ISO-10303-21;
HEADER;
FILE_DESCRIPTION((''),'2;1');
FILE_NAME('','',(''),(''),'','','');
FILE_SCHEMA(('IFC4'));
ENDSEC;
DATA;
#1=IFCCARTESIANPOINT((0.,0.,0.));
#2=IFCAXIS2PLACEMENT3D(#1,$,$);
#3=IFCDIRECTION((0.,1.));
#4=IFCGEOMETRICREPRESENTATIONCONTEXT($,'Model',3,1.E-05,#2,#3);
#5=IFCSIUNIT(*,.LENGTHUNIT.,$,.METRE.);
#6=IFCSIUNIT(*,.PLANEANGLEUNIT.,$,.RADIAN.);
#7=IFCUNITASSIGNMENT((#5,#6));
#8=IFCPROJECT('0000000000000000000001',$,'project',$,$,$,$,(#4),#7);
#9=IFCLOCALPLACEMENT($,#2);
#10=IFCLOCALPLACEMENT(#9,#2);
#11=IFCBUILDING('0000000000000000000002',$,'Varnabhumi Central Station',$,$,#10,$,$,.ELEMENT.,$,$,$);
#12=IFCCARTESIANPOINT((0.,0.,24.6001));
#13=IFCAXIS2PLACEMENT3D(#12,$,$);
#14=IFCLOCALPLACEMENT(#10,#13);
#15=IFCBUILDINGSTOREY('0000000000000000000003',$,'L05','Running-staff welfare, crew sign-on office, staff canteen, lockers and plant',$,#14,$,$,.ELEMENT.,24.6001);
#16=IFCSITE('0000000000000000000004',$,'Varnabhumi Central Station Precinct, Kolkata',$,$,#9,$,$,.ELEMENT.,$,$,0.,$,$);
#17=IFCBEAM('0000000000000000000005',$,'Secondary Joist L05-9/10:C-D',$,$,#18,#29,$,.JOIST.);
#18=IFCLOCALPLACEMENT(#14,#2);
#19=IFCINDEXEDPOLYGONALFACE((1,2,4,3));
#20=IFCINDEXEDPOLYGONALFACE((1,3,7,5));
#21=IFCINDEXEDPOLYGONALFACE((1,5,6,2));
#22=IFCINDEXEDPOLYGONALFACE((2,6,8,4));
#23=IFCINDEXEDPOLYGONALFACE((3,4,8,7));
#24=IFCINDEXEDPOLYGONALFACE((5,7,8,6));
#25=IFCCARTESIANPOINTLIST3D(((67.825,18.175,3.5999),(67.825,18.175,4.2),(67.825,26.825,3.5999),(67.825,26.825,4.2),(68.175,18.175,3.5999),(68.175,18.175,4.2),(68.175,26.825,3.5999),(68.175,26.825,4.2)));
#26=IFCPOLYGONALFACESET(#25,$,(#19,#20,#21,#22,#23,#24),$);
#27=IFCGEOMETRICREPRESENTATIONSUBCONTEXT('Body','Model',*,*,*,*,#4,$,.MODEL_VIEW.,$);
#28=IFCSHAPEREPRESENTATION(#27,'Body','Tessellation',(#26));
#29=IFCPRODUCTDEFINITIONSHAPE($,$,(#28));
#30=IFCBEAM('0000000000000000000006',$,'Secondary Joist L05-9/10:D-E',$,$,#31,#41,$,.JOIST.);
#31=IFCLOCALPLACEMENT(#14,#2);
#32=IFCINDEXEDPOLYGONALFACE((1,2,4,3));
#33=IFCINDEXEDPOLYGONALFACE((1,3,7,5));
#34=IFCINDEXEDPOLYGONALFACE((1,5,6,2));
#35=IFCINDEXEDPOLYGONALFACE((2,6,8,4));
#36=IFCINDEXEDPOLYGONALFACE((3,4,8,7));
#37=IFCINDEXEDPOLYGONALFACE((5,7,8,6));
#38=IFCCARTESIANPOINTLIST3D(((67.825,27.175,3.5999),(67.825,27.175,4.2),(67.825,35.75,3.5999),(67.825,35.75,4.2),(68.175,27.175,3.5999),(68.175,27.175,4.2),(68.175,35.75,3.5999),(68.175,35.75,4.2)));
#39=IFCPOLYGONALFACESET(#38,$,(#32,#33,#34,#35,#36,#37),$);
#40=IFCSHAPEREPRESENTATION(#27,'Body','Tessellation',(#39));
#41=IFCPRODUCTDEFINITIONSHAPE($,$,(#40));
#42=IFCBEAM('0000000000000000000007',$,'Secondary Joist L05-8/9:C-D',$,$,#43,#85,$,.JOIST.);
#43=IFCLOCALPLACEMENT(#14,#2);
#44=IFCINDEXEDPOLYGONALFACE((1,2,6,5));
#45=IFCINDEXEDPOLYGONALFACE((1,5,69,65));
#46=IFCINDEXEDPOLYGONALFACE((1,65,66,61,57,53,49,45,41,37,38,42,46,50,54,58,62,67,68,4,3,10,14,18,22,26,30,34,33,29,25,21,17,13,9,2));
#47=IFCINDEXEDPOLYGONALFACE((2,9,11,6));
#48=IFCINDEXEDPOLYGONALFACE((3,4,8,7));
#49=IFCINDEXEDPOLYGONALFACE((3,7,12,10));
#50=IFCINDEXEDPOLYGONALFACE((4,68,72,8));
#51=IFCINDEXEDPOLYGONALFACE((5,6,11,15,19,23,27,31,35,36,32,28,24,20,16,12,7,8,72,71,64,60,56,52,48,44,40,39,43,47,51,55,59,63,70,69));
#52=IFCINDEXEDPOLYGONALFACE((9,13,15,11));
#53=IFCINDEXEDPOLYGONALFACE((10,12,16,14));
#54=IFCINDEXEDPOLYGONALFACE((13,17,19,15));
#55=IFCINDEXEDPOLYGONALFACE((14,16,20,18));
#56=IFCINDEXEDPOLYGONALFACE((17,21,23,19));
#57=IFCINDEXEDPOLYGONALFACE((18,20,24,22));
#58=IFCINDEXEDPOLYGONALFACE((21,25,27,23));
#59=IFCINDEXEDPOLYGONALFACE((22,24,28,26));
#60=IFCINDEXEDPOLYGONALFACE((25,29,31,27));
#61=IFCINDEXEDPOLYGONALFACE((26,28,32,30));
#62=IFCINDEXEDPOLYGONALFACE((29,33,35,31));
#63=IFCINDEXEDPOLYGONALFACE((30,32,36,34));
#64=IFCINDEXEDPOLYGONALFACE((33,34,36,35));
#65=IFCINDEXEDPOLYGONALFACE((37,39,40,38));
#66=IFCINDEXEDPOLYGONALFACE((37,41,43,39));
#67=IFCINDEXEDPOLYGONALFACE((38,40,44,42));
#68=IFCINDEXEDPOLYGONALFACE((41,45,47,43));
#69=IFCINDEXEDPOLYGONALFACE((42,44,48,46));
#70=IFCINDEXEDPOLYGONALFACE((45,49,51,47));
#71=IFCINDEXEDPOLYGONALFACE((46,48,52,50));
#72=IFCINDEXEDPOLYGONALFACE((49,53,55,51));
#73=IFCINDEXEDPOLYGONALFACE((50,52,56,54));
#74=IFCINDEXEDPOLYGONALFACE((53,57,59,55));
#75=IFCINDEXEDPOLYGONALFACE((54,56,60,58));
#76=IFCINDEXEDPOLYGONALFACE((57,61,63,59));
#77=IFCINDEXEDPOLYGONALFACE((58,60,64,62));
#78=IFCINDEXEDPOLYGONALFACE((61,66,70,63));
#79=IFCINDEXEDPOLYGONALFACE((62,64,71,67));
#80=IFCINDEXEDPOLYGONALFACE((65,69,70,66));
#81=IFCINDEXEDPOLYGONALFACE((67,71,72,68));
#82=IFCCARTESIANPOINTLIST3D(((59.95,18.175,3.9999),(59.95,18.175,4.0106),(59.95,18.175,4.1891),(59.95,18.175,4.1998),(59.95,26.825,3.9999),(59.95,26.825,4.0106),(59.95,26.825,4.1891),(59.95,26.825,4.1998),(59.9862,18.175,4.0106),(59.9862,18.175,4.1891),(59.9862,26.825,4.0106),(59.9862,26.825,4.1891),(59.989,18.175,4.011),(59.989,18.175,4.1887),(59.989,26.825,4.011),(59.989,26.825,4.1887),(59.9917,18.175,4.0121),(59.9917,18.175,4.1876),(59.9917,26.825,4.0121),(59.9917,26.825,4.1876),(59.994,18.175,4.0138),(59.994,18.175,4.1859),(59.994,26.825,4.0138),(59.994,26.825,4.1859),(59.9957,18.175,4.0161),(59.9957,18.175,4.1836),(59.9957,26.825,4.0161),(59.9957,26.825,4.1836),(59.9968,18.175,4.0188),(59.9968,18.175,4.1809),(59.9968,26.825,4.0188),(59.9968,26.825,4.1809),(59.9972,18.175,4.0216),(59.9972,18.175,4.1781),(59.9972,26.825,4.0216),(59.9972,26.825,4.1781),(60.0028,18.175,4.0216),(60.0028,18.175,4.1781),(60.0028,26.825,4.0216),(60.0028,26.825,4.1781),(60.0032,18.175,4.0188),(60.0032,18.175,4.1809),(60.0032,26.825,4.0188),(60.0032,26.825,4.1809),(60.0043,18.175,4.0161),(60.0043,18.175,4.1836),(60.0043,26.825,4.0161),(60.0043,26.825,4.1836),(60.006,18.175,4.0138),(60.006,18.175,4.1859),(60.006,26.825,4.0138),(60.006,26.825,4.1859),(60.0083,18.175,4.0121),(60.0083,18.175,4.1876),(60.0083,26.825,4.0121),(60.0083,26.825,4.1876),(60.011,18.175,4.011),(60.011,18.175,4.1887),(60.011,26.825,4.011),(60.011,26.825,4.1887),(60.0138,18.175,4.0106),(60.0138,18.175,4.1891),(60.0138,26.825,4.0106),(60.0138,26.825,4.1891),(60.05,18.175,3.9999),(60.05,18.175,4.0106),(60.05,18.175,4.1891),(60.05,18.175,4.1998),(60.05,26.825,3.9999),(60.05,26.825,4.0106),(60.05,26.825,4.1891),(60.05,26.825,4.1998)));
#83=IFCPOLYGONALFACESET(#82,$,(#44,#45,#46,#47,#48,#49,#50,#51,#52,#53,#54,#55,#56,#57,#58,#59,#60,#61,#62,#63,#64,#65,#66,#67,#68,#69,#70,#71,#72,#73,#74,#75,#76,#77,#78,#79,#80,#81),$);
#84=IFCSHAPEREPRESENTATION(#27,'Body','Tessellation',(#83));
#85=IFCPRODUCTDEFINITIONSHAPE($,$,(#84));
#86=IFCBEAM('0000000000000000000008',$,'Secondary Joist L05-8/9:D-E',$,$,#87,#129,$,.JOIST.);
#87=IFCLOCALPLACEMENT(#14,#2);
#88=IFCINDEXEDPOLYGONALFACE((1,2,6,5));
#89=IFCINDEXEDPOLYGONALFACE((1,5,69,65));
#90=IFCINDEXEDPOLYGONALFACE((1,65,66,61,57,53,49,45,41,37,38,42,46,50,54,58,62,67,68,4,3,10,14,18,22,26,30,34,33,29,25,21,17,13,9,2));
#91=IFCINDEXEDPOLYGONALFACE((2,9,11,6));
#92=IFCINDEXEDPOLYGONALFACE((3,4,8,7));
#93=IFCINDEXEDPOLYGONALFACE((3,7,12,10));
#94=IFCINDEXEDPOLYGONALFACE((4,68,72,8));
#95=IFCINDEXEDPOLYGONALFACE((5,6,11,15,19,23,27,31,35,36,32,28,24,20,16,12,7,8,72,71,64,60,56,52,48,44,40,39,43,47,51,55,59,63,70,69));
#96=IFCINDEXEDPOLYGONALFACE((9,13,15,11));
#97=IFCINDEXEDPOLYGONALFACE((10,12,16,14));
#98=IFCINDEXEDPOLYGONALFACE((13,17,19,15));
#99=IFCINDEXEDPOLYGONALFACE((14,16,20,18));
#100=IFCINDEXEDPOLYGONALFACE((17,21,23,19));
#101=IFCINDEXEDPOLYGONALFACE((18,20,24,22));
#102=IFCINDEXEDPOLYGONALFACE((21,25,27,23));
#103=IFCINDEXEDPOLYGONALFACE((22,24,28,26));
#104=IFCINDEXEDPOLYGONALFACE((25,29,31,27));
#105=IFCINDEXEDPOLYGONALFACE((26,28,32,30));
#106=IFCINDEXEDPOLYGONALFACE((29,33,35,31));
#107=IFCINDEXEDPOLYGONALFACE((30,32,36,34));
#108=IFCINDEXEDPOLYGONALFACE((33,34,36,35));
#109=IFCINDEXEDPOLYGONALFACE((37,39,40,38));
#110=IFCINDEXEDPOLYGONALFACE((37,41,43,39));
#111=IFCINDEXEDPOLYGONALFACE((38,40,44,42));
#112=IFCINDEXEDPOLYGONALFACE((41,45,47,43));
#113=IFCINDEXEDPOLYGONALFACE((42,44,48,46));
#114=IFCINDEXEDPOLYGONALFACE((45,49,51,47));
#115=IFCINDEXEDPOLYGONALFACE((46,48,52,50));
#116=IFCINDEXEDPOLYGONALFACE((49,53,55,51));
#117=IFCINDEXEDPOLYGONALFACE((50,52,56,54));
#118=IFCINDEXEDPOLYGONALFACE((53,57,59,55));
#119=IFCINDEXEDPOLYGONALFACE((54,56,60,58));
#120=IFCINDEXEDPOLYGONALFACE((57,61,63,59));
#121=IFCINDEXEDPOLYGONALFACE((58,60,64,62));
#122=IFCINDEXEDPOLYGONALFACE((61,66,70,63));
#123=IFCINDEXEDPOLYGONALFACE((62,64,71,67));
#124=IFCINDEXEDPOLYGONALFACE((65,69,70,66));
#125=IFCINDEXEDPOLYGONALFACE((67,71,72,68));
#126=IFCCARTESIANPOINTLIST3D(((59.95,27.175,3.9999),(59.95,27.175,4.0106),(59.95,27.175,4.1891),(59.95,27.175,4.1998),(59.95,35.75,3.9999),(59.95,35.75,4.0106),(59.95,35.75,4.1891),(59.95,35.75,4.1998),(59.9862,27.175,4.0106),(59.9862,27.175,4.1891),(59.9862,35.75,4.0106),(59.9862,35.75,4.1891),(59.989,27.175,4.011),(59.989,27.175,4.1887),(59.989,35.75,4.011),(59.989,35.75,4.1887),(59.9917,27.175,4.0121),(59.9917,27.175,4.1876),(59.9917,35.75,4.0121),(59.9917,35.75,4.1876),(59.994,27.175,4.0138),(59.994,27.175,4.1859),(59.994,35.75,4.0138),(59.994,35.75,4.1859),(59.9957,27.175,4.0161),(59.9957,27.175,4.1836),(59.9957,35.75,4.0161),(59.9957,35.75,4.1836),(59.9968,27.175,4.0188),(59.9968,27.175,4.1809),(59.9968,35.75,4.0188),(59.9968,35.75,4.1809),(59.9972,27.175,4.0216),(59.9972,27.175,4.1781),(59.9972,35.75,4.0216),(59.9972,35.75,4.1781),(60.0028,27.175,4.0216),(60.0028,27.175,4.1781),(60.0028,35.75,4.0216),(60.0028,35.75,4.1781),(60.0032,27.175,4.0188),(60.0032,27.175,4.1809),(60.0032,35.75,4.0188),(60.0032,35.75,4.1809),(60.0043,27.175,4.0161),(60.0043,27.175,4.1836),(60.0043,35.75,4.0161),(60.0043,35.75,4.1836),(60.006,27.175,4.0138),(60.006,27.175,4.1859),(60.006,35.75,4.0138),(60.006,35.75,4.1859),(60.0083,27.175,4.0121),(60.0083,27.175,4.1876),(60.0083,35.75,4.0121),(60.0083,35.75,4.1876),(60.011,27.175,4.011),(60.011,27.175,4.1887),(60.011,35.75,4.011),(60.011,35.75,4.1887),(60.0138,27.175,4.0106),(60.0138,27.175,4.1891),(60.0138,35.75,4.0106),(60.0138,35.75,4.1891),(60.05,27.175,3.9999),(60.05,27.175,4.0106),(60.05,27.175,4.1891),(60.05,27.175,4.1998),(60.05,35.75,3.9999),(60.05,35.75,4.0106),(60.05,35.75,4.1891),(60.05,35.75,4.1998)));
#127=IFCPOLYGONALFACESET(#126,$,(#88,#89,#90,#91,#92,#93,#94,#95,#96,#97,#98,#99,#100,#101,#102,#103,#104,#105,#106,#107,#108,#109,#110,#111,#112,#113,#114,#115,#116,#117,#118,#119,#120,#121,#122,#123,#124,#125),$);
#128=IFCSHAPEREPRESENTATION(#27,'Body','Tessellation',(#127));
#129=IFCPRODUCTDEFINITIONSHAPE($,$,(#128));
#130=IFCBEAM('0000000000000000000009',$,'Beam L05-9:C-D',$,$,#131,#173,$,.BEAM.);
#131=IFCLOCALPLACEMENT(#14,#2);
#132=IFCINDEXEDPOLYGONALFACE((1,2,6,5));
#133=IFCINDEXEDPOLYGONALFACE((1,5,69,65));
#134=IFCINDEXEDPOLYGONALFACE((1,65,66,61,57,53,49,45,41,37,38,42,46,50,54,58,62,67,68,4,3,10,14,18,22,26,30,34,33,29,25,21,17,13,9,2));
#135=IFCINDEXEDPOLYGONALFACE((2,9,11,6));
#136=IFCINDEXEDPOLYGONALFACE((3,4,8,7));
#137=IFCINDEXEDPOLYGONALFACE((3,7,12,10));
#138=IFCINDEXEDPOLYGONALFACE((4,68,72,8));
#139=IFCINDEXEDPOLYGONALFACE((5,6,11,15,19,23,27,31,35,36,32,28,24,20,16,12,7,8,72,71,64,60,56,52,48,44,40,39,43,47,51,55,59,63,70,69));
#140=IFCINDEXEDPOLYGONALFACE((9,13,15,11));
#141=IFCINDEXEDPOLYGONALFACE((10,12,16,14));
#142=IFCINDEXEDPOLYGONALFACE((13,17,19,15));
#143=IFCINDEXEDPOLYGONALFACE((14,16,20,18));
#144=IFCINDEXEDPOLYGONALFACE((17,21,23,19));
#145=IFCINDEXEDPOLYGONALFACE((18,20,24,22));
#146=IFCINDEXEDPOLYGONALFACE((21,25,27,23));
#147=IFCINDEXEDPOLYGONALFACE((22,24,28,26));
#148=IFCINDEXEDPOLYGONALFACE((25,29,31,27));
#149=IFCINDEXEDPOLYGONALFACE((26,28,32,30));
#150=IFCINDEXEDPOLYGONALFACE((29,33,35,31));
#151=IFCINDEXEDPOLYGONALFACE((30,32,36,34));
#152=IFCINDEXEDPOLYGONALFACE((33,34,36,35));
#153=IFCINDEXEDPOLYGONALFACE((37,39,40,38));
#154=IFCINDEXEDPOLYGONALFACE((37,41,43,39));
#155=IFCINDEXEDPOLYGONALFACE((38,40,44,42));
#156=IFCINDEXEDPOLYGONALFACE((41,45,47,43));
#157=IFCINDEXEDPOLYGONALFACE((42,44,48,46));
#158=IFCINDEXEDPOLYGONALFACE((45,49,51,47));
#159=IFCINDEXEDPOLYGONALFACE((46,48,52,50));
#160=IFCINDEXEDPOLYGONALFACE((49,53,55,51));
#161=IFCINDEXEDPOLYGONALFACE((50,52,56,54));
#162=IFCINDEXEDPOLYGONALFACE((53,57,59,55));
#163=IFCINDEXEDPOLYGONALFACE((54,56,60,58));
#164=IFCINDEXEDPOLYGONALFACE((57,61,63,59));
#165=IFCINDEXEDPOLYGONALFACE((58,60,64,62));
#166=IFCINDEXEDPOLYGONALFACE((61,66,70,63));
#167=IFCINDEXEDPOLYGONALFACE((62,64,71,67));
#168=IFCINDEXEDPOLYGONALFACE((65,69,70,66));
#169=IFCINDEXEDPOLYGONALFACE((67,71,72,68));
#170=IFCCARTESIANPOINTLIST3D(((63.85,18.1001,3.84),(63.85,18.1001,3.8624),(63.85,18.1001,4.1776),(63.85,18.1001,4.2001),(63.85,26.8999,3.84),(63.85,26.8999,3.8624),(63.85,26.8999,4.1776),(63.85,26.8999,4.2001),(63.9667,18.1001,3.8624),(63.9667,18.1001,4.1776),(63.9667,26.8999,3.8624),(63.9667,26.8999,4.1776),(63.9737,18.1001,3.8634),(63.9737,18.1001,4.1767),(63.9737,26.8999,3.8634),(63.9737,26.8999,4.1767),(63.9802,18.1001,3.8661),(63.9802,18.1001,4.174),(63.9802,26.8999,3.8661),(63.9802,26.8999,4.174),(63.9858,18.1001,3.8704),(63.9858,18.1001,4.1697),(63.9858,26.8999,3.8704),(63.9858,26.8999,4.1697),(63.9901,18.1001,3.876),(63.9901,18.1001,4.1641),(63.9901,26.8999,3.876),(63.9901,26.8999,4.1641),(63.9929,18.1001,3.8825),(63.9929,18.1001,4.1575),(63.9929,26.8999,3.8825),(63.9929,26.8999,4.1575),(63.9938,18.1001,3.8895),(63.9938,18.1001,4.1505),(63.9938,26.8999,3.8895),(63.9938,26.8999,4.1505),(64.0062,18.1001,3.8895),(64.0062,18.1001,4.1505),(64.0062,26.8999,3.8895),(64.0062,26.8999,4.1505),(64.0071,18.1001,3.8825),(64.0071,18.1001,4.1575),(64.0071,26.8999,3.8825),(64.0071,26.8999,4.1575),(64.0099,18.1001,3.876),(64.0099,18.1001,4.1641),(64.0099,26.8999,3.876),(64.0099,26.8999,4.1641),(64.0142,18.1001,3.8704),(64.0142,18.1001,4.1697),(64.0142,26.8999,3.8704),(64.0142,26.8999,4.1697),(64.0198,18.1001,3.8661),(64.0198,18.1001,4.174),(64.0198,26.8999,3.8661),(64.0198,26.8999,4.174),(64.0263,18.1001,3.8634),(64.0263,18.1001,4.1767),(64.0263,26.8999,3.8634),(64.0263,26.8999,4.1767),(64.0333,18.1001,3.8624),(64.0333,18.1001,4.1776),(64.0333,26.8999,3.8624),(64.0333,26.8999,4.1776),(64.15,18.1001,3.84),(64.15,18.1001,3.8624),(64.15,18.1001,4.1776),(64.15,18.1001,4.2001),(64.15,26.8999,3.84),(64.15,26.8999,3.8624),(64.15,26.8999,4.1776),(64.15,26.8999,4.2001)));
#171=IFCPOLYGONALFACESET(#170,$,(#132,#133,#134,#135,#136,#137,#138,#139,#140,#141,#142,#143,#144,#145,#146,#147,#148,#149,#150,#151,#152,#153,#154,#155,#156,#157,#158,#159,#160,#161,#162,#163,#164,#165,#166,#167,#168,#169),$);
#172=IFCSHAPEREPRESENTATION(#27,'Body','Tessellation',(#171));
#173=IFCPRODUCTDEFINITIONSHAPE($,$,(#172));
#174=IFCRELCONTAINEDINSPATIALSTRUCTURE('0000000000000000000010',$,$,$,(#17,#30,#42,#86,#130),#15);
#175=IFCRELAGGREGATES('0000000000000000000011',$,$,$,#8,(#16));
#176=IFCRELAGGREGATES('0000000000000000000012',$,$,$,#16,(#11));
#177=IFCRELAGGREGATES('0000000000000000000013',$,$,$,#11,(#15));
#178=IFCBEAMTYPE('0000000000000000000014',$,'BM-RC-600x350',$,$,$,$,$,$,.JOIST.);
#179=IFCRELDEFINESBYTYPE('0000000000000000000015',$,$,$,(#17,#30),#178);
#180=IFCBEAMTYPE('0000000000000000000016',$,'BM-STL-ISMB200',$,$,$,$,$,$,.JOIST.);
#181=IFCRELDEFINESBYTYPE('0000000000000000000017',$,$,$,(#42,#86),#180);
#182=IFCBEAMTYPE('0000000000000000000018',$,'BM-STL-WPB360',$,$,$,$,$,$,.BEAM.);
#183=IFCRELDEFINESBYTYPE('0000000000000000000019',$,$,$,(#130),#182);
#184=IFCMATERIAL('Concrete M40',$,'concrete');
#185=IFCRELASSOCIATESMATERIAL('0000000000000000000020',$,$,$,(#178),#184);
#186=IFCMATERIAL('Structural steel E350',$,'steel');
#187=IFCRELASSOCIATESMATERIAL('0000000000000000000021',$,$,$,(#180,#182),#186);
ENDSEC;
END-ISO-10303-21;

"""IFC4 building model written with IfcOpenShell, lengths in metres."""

from ifc_helpers import new_model, si_unit, direction, frame, origin, origin_2d, place, context, subcontext, project, spatial, rectangle, i_section, extrude, material, material_profile, profile_set, type_object, element, save


model = new_model("IFC4")

# Units and contexts
model_context = context("Model", 3, precision=1e-05, world=origin(), true_north=direction((0.0, 1.0)))
body_context = subcontext(model_context, "Body", "Model", "MODEL_VIEW")
ifc_project = project(units=[si_unit("LENGTHUNIT", "METRE"), si_unit("PLANEANGLEUNIT", "RADIAN")], contexts=[model_context])

# Site, building, storey
site_placement = place(None, origin())
site = spatial("IfcSite", under=ifc_project, at=site_placement, Name="Varnabhumi Central Station Precinct, Kolkata", CompositionType="ELEMENT", RefElevation=0.0)
building_placement = place(site_placement, origin())
building = spatial("IfcBuilding", under=site, at=building_placement, Name="Varnabhumi Central Station", CompositionType="ELEMENT")
storey_placement = place(building_placement, frame((0.0, 0.0, 24.6001)))
storey = spatial("IfcBuildingStorey", under=building, at=storey_placement, Name="L05", Description="Running-staff welfare, crew sign-on office, staff canteen, lockers and plant", CompositionType="ELEMENT", Elevation=24.6001)

# Shared definitions
ifc_material_1 = material(Name="Concrete M40", Category="concrete")
ifc_material_2 = material(Name="Structural steel E350", Category="steel")

# Beams
ifc_material_profile_1 = material_profile(ifc_material_1, rectangle(XDim=0.3501, YDim=0.6001, at=origin_2d()), Name="Concrete M40", Category="concrete")
ifc_profile_set_1 = profile_set([ifc_material_profile_1], Name="Concrete M40")
beam_type_1 = type_object("IfcBeamType", Name="BM-RC-600x350", PredefinedType="JOIST", material=ifc_profile_set_1)
beam_1_placement = place(storey_placement, frame((68.0, 18.175, 3.8999), z_axis=(0.0, 1.0, 0.0), x_axis=(-1.0, 0.0, 0.0)))
element("IfcBeam", 1, at=beam_1_placement, inside=storey, type_object=beam_type_1, Name="Secondary Joist L05-9/10:C-D", PredefinedType="JOIST", context=body_context, shape_type="SweptSolid", body=[
    extrude(rectangle(XDim=0.3501, YDim=0.6001, at=origin_2d()), origin(), (0.0, 0.0, 1.0), 8.6499),
])
beam_2_placement = place(storey_placement, frame((68.0, 27.175, 3.8999), z_axis=(0.0, 1.0, 0.0), x_axis=(-1.0, 0.0, 0.0)))
element("IfcBeam", 2, at=beam_2_placement, inside=storey, type_object=beam_type_1, Name="Secondary Joist L05-9/10:D-E", PredefinedType="JOIST", context=body_context, shape_type="SweptSolid", body=[
    extrude(rectangle(XDim=0.3501, YDim=0.6001, at=origin_2d()), origin(), (0.0, 0.0, 1.0), 8.575),
])
ifc_material_profile_2 = material_profile(ifc_material_2, i_section(OverallWidth=0.1001, OverallDepth=0.2, WebThickness=0.0056, FlangeThickness=0.0107, FilletRadius=0.011, at=origin_2d()), Name="Structural steel E350", Category="steel")
ifc_profile_set_2 = profile_set([ifc_material_profile_2], Name="Structural steel E350")
beam_type_2 = type_object("IfcBeamType", Name="BM-STL-ISMB200", PredefinedType="JOIST", material=ifc_profile_set_2)
beam_3_placement = place(storey_placement, frame((60.0, 18.175, 4.0999), z_axis=(0.0, 1.0, 0.0), x_axis=(-1.0, 0.0, 0.0)))
element("IfcBeam", 3, at=beam_3_placement, inside=storey, type_object=beam_type_2, Name="Secondary Joist L05-8/9:C-D", PredefinedType="JOIST", context=body_context, shape_type="SweptSolid", body=[
    extrude(i_section(OverallWidth=0.1001, OverallDepth=0.2, WebThickness=0.0056, FlangeThickness=0.0107, FilletRadius=0.011, at=origin_2d()), origin(), (0.0, 0.0, 1.0), 8.6499),
])
beam_4_placement = place(storey_placement, frame((60.0, 27.175, 4.0999), z_axis=(0.0, 1.0, 0.0), x_axis=(-1.0, 0.0, 0.0)))
element("IfcBeam", 4, at=beam_4_placement, inside=storey, type_object=beam_type_2, Name="Secondary Joist L05-8/9:D-E", PredefinedType="JOIST", context=body_context, shape_type="SweptSolid", body=[
    extrude(i_section(OverallWidth=0.1001, OverallDepth=0.2, WebThickness=0.0056, FlangeThickness=0.0107, FilletRadius=0.011, at=origin_2d()), origin(), (0.0, 0.0, 1.0), 8.575),
])
ifc_material_profile_3 = material_profile(ifc_material_2, i_section(OverallWidth=0.3, OverallDepth=0.3601, WebThickness=0.0125, FlangeThickness=0.0225, FilletRadius=0.0271, at=origin_2d()), Name="Structural steel E350", Category="steel")
ifc_profile_set_3 = profile_set([ifc_material_profile_3], Name="Structural steel E350")
beam_type_3 = type_object("IfcBeamType", Name="BM-STL-WPB360", PredefinedType="BEAM", material=ifc_profile_set_3)
for number, where, z_axis, x_axis, name in (
    (5, (64.0, 18.1001, 4.02), (0.0, 1.0, 0.0), (-1.0, 0.0, 0.0), "Beam L05-9:C-D"),
):
    element("IfcBeam", number, at=place(storey_placement, frame(where, z_axis=z_axis, x_axis=x_axis)), inside=storey, type_object=beam_type_3, Name=name, PredefinedType="BEAM", context=body_context, shape_type="SweptSolid", body=[
        extrude(i_section(OverallWidth=0.3, OverallDepth=0.3601, WebThickness=0.0125, FlangeThickness=0.0225, FilletRadius=0.0271, at=origin_2d()), origin(), (0.0, 0.0, 1.0), 8.7998),
    ])

save(model, "model.ifc")
